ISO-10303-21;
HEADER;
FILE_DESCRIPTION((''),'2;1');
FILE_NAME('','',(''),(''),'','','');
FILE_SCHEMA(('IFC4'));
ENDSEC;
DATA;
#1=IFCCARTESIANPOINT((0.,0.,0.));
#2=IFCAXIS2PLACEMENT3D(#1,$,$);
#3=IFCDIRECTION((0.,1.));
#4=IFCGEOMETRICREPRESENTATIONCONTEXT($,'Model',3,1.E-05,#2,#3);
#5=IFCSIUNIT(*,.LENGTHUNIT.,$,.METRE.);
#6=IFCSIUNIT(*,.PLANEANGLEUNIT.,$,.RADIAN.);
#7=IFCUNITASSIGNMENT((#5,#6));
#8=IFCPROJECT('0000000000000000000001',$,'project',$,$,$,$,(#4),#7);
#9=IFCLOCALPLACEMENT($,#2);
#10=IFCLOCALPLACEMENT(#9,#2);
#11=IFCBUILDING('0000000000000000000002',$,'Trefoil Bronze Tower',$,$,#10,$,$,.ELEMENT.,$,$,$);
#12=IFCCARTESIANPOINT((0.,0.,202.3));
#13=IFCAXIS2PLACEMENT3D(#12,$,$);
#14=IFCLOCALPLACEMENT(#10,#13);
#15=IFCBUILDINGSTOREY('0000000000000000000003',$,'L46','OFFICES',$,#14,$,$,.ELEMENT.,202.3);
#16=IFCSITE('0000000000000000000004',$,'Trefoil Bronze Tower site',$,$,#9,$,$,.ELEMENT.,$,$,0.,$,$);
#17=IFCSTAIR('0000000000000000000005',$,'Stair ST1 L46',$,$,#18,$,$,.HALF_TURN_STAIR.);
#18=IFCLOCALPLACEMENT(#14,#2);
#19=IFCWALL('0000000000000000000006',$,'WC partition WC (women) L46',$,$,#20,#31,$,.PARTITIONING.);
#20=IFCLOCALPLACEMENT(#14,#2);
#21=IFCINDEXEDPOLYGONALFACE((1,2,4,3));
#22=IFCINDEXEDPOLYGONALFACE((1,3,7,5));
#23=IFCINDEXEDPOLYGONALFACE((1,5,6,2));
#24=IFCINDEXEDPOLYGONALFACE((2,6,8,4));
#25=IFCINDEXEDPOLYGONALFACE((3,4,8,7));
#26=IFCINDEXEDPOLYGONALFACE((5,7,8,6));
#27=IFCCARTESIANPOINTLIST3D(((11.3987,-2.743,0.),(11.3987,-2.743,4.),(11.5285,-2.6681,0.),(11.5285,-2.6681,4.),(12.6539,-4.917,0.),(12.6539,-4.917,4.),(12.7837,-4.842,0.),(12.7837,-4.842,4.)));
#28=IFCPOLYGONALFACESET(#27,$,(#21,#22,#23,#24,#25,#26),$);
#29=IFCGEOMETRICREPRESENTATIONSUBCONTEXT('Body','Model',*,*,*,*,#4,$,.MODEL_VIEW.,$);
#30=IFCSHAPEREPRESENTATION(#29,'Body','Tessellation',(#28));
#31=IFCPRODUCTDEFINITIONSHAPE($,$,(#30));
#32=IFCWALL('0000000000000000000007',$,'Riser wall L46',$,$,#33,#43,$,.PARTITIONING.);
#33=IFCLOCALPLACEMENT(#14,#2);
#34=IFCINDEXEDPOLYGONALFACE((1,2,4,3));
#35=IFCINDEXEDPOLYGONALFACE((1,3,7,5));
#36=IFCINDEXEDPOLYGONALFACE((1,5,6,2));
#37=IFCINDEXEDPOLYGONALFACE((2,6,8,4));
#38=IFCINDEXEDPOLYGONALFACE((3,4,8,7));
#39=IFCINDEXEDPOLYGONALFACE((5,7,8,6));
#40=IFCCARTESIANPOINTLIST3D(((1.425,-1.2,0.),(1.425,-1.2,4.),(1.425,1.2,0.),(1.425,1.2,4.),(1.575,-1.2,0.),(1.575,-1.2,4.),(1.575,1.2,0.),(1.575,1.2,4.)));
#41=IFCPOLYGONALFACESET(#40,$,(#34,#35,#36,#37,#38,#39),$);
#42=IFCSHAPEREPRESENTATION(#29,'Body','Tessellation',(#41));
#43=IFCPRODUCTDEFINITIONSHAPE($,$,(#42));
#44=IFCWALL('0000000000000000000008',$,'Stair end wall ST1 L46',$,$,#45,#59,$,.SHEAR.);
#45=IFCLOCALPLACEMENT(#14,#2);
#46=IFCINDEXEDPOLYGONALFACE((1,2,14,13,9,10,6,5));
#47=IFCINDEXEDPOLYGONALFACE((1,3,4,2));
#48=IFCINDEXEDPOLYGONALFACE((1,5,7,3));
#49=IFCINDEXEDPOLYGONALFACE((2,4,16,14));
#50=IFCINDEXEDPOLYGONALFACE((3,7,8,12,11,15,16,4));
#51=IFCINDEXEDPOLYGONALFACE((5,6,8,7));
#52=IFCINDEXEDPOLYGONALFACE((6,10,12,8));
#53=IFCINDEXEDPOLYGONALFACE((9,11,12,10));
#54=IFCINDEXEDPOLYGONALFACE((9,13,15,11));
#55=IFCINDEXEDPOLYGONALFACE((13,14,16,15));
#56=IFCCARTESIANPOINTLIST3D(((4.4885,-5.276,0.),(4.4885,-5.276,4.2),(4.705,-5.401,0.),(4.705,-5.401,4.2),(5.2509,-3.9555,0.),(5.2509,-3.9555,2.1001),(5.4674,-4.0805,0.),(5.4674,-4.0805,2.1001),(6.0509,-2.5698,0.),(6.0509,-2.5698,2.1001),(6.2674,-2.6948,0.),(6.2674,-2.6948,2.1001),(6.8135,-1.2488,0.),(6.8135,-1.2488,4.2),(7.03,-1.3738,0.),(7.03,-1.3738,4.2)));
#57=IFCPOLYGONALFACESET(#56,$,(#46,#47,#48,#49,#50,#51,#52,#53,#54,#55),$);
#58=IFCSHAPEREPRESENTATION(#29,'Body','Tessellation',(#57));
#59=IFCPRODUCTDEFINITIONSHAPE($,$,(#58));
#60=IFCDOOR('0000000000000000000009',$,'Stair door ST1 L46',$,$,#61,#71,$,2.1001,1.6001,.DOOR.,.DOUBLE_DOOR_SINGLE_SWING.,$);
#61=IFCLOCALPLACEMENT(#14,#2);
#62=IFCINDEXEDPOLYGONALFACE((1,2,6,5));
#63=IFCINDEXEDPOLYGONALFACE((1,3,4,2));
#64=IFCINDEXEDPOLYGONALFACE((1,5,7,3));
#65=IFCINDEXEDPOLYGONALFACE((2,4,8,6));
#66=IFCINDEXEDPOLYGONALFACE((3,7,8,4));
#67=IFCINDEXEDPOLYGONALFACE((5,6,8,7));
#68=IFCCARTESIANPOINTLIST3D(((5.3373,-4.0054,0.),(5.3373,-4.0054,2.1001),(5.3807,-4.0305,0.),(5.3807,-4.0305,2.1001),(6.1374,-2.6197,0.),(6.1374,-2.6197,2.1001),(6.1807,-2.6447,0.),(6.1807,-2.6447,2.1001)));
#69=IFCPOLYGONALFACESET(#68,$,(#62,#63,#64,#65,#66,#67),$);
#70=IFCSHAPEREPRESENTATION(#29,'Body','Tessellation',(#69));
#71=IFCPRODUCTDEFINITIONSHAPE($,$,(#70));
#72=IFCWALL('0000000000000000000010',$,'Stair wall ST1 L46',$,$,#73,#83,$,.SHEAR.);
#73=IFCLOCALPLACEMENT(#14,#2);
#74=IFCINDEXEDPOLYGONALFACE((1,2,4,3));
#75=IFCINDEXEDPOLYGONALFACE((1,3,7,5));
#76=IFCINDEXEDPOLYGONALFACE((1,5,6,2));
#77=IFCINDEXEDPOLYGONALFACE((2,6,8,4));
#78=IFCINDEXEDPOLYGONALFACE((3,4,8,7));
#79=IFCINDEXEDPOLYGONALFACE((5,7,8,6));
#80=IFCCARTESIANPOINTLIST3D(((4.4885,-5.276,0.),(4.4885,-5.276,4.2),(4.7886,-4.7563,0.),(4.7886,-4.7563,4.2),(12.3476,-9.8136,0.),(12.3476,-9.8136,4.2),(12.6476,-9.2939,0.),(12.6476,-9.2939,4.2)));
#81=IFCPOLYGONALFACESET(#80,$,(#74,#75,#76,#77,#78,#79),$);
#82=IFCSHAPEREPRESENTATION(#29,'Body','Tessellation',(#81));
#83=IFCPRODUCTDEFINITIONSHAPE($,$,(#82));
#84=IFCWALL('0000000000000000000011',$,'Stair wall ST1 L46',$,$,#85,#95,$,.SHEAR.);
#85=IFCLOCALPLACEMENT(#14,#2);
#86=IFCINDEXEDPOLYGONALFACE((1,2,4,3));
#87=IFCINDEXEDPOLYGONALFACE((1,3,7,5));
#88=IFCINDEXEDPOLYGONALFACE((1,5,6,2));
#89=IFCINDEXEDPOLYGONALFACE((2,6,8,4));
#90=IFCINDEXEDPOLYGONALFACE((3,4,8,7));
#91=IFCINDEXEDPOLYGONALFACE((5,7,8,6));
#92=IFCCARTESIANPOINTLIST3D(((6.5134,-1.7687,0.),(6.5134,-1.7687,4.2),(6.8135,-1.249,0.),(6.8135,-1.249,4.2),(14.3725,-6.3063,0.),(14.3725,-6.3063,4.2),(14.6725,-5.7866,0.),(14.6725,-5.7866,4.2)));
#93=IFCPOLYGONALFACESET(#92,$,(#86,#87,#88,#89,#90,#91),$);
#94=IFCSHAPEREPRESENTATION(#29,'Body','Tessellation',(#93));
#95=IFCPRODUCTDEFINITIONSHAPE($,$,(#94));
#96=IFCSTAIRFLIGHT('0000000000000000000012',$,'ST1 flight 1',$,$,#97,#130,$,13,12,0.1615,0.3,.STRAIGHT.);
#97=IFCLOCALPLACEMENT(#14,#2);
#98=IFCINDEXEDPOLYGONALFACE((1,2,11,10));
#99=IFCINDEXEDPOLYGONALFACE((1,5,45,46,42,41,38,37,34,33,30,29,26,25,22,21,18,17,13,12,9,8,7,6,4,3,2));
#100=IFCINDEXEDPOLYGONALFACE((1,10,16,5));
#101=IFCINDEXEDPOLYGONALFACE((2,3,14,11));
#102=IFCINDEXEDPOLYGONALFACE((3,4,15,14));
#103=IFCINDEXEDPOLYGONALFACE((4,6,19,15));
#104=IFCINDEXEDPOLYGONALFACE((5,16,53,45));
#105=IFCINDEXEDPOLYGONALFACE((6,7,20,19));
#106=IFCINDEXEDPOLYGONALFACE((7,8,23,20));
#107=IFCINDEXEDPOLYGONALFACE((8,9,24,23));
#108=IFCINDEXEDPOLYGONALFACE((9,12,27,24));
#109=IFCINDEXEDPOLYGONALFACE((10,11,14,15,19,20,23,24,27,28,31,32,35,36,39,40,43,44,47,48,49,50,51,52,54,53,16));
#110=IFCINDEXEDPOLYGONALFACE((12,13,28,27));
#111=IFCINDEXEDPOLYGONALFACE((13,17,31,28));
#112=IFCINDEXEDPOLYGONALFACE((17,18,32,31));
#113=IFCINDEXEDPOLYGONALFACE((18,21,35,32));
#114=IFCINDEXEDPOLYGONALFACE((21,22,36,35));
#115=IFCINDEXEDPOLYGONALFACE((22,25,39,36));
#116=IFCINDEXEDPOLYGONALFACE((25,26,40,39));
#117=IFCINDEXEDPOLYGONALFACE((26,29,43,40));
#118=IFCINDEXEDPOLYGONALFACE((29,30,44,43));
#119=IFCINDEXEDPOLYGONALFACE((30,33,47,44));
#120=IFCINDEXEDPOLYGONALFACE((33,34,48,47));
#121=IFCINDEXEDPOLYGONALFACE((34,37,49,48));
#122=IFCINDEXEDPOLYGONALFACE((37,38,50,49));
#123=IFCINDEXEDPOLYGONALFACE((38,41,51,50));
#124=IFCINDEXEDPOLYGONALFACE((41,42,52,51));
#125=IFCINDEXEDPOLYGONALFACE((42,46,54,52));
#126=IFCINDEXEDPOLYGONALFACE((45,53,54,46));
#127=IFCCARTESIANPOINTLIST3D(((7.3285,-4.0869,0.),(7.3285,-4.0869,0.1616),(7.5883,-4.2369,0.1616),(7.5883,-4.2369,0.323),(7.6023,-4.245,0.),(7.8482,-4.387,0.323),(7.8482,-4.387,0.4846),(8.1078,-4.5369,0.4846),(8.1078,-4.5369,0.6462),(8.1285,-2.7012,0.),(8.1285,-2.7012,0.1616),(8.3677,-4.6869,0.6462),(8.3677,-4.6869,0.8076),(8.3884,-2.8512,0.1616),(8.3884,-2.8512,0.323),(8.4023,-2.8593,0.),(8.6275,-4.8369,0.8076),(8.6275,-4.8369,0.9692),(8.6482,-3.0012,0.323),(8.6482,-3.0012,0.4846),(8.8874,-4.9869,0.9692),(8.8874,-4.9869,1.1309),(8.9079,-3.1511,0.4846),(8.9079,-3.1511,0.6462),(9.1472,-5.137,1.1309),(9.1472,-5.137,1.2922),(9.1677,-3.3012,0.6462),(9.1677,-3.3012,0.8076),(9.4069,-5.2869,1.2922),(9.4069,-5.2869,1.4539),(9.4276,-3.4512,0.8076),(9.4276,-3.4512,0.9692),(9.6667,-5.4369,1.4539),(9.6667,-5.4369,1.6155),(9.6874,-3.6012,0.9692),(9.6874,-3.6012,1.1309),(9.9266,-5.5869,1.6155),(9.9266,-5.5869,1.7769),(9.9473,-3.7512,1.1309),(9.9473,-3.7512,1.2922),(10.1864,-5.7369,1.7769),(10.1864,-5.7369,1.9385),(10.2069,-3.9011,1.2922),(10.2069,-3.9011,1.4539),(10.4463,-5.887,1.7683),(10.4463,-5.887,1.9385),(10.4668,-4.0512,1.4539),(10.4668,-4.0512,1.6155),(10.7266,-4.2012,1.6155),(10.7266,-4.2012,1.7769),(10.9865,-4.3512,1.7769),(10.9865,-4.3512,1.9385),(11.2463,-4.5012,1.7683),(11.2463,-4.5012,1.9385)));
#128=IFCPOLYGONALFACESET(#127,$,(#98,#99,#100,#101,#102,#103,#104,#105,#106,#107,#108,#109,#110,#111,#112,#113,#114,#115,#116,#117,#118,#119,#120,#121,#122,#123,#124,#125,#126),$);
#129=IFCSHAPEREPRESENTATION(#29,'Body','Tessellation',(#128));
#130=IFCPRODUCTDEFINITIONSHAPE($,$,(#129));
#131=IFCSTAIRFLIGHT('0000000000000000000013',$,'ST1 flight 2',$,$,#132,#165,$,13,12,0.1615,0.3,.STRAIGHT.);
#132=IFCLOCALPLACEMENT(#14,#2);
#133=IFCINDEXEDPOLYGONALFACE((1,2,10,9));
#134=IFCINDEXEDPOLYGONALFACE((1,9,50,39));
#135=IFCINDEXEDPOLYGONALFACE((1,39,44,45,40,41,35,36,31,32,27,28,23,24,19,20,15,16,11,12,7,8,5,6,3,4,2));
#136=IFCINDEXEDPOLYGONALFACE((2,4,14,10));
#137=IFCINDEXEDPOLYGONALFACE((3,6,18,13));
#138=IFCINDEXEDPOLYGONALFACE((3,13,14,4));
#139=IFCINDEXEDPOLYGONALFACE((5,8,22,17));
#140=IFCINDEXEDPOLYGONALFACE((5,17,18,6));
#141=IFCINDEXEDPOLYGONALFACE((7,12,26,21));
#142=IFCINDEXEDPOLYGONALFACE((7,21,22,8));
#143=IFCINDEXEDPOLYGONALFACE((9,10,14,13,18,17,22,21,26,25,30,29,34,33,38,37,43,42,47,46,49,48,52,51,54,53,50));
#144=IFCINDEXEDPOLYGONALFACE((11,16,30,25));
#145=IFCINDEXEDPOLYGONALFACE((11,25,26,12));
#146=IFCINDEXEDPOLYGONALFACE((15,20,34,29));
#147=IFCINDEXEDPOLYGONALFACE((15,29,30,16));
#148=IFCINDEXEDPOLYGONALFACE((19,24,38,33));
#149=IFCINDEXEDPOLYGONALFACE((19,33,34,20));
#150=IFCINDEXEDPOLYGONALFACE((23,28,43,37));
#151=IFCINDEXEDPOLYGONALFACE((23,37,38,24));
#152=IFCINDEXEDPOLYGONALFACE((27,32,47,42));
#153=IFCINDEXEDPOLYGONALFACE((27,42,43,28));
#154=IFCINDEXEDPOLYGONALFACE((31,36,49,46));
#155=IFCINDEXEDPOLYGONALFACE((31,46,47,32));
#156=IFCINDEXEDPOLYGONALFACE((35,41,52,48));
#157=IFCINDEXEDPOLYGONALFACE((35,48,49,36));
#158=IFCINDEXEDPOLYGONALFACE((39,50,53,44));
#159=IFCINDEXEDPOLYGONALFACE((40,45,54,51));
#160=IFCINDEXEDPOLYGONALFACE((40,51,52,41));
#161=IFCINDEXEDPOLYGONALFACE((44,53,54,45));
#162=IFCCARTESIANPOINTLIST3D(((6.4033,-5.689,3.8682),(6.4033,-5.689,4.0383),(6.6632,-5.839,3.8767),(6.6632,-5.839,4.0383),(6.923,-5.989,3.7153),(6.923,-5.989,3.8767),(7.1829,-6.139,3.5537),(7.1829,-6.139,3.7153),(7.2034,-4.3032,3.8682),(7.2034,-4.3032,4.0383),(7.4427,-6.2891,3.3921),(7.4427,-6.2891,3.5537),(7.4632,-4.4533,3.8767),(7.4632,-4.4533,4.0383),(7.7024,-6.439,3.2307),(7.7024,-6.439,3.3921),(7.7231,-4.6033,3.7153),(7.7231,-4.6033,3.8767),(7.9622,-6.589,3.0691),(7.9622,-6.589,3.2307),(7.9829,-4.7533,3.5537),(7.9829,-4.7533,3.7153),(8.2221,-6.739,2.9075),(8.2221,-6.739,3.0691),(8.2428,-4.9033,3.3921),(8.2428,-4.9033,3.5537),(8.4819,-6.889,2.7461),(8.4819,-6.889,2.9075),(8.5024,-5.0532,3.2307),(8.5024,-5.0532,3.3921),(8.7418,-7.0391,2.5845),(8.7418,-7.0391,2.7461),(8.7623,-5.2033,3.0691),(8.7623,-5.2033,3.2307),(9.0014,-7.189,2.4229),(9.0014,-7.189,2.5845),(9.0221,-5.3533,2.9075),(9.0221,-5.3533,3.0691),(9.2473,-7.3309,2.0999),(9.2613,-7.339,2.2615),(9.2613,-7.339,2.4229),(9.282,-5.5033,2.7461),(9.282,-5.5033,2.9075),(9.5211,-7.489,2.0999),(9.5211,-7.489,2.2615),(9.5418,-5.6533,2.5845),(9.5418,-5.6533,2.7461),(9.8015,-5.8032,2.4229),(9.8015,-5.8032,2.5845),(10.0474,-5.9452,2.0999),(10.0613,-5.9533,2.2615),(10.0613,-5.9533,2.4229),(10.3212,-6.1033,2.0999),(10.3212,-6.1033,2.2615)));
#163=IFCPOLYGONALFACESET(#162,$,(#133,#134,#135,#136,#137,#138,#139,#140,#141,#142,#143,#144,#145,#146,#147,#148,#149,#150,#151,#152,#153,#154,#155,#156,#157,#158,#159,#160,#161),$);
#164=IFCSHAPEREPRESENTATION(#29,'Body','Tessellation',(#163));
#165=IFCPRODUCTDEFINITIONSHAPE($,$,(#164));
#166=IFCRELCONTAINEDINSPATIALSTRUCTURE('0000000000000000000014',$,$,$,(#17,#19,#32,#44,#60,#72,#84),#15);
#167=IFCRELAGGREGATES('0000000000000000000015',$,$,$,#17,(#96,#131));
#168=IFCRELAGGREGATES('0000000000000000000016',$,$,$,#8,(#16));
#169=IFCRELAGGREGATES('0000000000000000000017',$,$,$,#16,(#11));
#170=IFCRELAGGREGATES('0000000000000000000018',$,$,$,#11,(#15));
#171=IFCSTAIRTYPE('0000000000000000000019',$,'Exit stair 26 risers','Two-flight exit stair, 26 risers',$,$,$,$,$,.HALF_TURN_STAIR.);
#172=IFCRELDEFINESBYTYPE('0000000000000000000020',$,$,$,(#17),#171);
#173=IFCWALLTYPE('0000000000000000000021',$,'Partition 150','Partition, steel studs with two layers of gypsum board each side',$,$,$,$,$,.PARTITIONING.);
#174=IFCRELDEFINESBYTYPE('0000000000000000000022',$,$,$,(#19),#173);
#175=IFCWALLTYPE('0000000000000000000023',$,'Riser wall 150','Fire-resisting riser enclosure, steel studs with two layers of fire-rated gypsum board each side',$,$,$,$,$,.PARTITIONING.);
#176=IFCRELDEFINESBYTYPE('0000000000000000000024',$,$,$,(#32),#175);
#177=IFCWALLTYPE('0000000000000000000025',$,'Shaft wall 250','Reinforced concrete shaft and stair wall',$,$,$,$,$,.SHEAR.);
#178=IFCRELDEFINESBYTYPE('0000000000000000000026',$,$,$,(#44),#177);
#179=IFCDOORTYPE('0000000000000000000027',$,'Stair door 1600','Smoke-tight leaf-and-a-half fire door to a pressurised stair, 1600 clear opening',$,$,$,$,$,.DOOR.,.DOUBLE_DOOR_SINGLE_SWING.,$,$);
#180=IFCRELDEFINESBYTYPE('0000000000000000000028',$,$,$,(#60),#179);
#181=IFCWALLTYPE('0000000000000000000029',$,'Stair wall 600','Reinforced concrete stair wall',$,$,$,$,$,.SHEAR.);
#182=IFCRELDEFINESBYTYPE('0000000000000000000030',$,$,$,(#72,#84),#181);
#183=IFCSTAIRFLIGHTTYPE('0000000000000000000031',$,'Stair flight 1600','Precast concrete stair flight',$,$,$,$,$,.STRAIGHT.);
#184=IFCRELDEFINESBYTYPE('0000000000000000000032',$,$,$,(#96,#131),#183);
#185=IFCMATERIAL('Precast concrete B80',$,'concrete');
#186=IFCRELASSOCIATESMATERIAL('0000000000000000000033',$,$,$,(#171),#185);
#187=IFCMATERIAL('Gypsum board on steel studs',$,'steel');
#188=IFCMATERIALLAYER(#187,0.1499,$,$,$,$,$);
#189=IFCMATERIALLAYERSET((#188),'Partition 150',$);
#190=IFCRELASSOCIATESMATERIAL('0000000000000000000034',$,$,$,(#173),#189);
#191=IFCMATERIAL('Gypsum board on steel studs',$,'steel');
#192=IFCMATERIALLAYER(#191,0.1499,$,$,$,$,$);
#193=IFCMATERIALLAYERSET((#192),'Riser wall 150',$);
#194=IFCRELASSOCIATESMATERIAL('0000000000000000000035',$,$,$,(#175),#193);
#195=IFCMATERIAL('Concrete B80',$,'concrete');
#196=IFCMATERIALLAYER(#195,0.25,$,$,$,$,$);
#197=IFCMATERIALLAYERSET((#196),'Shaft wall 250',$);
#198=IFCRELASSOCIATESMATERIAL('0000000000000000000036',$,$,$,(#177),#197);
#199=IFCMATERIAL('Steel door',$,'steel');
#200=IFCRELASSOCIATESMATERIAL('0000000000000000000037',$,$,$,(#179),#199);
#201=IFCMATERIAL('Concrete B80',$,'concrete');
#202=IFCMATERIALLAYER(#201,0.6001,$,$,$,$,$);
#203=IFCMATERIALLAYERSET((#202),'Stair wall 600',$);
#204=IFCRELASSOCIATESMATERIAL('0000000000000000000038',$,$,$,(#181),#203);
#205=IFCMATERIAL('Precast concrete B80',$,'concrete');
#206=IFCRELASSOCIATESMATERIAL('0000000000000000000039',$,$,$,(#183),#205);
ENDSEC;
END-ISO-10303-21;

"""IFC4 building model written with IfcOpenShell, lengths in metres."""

from ifc_helpers import new_model, si_unit, direction, frame, frame_2d, origin, place, context, subcontext, project, spatial, polyline, rectangle, outline, extrude, material, layer, layer_set, type_object, element, fill, aggregate, save


model = new_model("IFC4")

# Units and contexts
model_context = context("Model", 3, precision=1e-05, world=origin(), true_north=direction((0.0, 1.0)))
body_context = subcontext(model_context, "Body", "Model", "MODEL_VIEW")
ifc_project = project(units=[si_unit("LENGTHUNIT", "METRE"), si_unit("PLANEANGLEUNIT", "RADIAN")], contexts=[model_context])

# Site, building, storey
site_placement = place(None, origin())
site = spatial("IfcSite", under=ifc_project, at=site_placement, Name="Trefoil Bronze Tower site", CompositionType="ELEMENT", RefElevation=0.0)
building_placement = place(site_placement, origin())
building = spatial("IfcBuilding", under=site, at=building_placement, Name="Trefoil Bronze Tower", CompositionType="ELEMENT")
storey_placement = place(building_placement, frame((0.0, 0.0, 202.3)))
storey = spatial("IfcBuildingStorey", under=building, at=storey_placement, Name="L46", Description="OFFICES", CompositionType="ELEMENT", Elevation=202.3)

# Stair
ifc_material_1 = material(Name="Precast concrete B80", Category="concrete")
stair_type = type_object("IfcStairType", Name="Exit stair 26 risers", Description="Two-flight exit stair, 26 risers", PredefinedType="HALF_TURN_STAIR", material=ifc_material_1)
stair_1_placement = place(storey_placement, origin())
stair_1 = element("IfcStair", 1, at=stair_1_placement, inside=storey, type_object=stair_type, Name="Stair ST1 L46", PredefinedType="HALF_TURN_STAIR")

# Shared definitions
ifc_material_2 = material(Name="Gypsum board on steel studs", Category="steel")
ifc_layer_1 = layer(ifc_material_2, 0.1499)
ifc_layer_set_1 = layer_set([ifc_layer_1], Name="Partition 150")
wall_type_1 = type_object("IfcWallType", Name="Partition 150", Description="Partition, steel studs with two layers of gypsum board each side", PredefinedType="PARTITIONING", material=ifc_layer_set_1)

# Walls
wall_1_placement = place(storey_placement, frame((11.4636, -2.7056, 0.0), z_axis=(0.0, 0.0, 1.0), x_axis=(0.50002, -0.866014, 0.0)))
element("IfcWall", 2, at=wall_1_placement, inside=storey, type_object=wall_type_1, Name="WC partition WC (women) L46", PredefinedType="PARTITIONING", context=body_context, shape_type="SweptSolid", body=[
    extrude(rectangle(XDim=2.5103, YDim=0.1499, at=frame_2d((1.2551, 0.0))), origin(), (0.0, 0.0, 1.0), 4.0),
])
ifc_material_3 = material(Name="Gypsum board on steel studs", Category="steel")
ifc_layer_2 = layer(ifc_material_3, 0.1499)
ifc_layer_set_2 = layer_set([ifc_layer_2], Name="Riser wall 150")
wall_type_2 = type_object("IfcWallType", Name="Riser wall 150", Description="Fire-resisting riser enclosure, steel studs with two layers of fire-rated gypsum board each side", PredefinedType="PARTITIONING", material=ifc_layer_set_2)
wall_2_placement = place(storey_placement, frame((1.5, -1.2, 0.0), z_axis=(0.0, 0.0, 1.0), x_axis=(0.0, 1.0, 0.0)))
element("IfcWall", 3, at=wall_2_placement, inside=storey, type_object=wall_type_2, Name="Riser wall L46", PredefinedType="PARTITIONING", context=body_context, shape_type="SweptSolid", body=[
    extrude(rectangle(XDim=2.3999, YDim=0.1499, at=frame_2d((1.2, 0.0))), origin(), (0.0, 0.0, 1.0), 4.0),
])

# Wall, opening, door
ifc_material_4 = material(Name="Concrete B80", Category="concrete")
ifc_layer_3 = layer(ifc_material_4, 0.25)
ifc_layer_set_3 = layer_set([ifc_layer_3], Name="Shaft wall 250")
wall_type_3 = type_object("IfcWallType", Name="Shaft wall 250", Description="Reinforced concrete shaft and stair wall", PredefinedType="SHEAR", material=ifc_layer_set_3)
wall_3_placement = place(storey_placement, frame((4.5967, -5.3386, 0.0), z_axis=(0.0, 0.0, 1.0), x_axis=(0.499985, 0.866034, 0.0)))
wall_3 = element("IfcWall", 4, at=wall_3_placement, inside=storey, type_object=wall_type_3, Name="Stair end wall ST1 L46", PredefinedType="SHEAR", context=body_context, shape_type="SweptSolid", body=[
    extrude(rectangle(XDim=4.6501, YDim=0.25, at=frame_2d((2.3252, 0.0))), origin(), (0.0, 0.0, 1.0), 4.2),
])
opening_1_placement = place(wall_3_placement, frame((1.5249, 0.0, 0.0)))
opening_1 = element("IfcOpeningElement", 5, at=opening_1_placement, cuts=wall_3, PredefinedType="OPENING", context=body_context, shape_type="SweptSolid", body=[
    extrude(rectangle(XDim=1.6001, YDim=2.1001, at=frame_2d((0.8, 1.05))), frame((0.0, 0.135, 0.0), z_axis=(0.0, -1.0, 0.0), x_axis=(1.0, 0.0, 0.0)), (0.0, 0.0, 1.0), 0.27),
])
ifc_material_5 = material(Name="Steel door", Category="steel")
door_type_1 = type_object("IfcDoorType", Name="Stair door 1600", Description="Smoke-tight leaf-and-a-half fire door to a pressurised stair, 1600 clear opening", OperationType="DOUBLE_DOOR_SINGLE_SWING", PredefinedType="DOOR", material=ifc_material_5)
door_1_placement = place(opening_1_placement, frame((1.6001, 0.0, 0.0), z_axis=(0.0, 0.0, 1.0), x_axis=(-1.0, 0.0, 0.0)))
door_1 = element("IfcDoor", 6, at=door_1_placement, inside=storey, type_object=door_type_1, Name="Stair door ST1 L46", OperationType="DOUBLE_DOOR_SINGLE_SWING", OverallHeight=2.1001, OverallWidth=1.6001, PredefinedType="DOOR", context=body_context, shape_type="SweptSolid", body=[
    extrude(rectangle(XDim=1.6001, YDim=2.1001, at=frame_2d((0.8, 1.05))), frame((0.0, 0.0249, 0.0), z_axis=(0.0, -1.0, 0.0), x_axis=(1.0, 0.0, 0.0)), (0.0, 0.0, 1.0), 0.05),
])
fill(opening_1, door_1)

# Walls
ifc_material_6 = material(Name="Concrete B80", Category="concrete")
ifc_layer_4 = layer(ifc_material_6, 0.6001)
ifc_layer_set_4 = layer_set([ifc_layer_4], Name="Stair wall 600")
wall_type_4 = type_object("IfcWallType", Name="Stair wall 600", Description="Reinforced concrete stair wall", PredefinedType="SHEAR", material=ifc_layer_set_4)
for number, where, z_axis, x_axis, name in (
    (7, (4.6384, -5.0161, 0.0), (0.0, 0.0, 1.0), (0.866019, -0.50001, 0.0), "Stair wall ST1 L46"),
    (8, (6.6633, -1.5088, 0.0), (0.0, 0.0, 1.0), (0.866019, -0.50001, 0.0), "Stair wall ST1 L46"),
):
    element("IfcWall", number, at=place(storey_placement, frame(where, z_axis=z_axis, x_axis=x_axis)), inside=storey, type_object=wall_type_4, Name=name, PredefinedType="SHEAR", context=body_context, shape_type="SweptSolid", body=[
        extrude(rectangle(XDim=9.075, YDim=0.6001, at=frame_2d((4.5376, 0.0))), origin(), (0.0, 0.0, 1.0), 4.2),
    ])

# Stair flights
ifc_material_7 = material(Name="Precast concrete B80", Category="concrete")
stair_flight_type = type_object("IfcStairFlightType", Name="Stair flight 1600", Description="Precast concrete stair flight", PredefinedType="STRAIGHT", material=ifc_material_7)
stair_flight_1_placement = place(storey_placement, frame((7.7285, -3.394, 0.0), z_axis=(0.0, 0.0, 1.0), x_axis=(0.866025, -0.5, 0.0)))
stair_flight_1 = element("IfcStairFlight", 9, at=stair_flight_1_placement, type_object=stair_flight_type, Name="ST1 flight 1", NumberOfRisers=13, NumberOfTreads=12, PredefinedType="STRAIGHT", RiserHeight=0.1615, TreadLength=0.3, context=body_context, shape_type="SweptSolid", body=[
    extrude(outline(polyline([(0.0, 0.0), (0.0, 0.1616), (0.3, 0.1616), (0.3, 0.323), (0.6001, 0.323), (0.6001, 0.4846), (0.8999, 0.4846), (0.8999, 0.6462), (1.2, 0.6462), (1.2, 0.8076), (1.5, 0.8076), (1.5, 0.9692), (1.8, 0.9692), (1.8, 1.1309), (2.1001, 1.1309), (2.1001, 1.2922), (2.3999, 1.2922), (2.3999, 1.4539), (2.7, 1.4539), (2.7, 1.6155), (3.0, 1.6155), (3.0, 1.7769), (3.3, 1.7769), (3.3, 1.9385), (3.6001, 1.9385), (3.6001, 2.1001), (3.6001, 1.7683), (0.3162, 0.0), (0.0, 0.0)])), frame((0.0, 0.8, 0.0), z_axis=(0.0, -1.0, 0.0), x_axis=(1.0, 0.0, 0.0)), (0.0, 0.0, 1.0), 1.6001),
])
stair_flight_2_placement = place(storey_placement, frame((9.9211, -6.7961, 2.0999), z_axis=(0.0, 0.0, 1.0), x_axis=(-0.866025, 0.5, 0.0)))
stair_flight_2 = element("IfcStairFlight", 10, at=stair_flight_2_placement, type_object=stair_flight_type, Name="ST1 flight 2", NumberOfRisers=13, NumberOfTreads=12, PredefinedType="STRAIGHT", RiserHeight=0.1615, TreadLength=0.3, context=body_context, shape_type="SweptSolid", body=[
    extrude(outline(polyline([(0.0, 0.0), (0.0, 0.1616), (0.3, 0.1616), (0.3, 0.323), (0.6001, 0.323), (0.6001, 0.4846), (0.8999, 0.4846), (0.8999, 0.6462), (1.2, 0.6462), (1.2, 0.8076), (1.5, 0.8076), (1.5, 0.9692), (1.8, 0.9692), (1.8, 1.1309), (2.1001, 1.1309), (2.1001, 1.2922), (2.3999, 1.2922), (2.3999, 1.4539), (2.7, 1.4539), (2.7, 1.6155), (3.0, 1.6155), (3.0, 1.7769), (3.3, 1.7769), (3.3, 1.9385), (3.6001, 1.9385), (3.6001, 2.1001), (3.6001, 1.7683), (0.3162, 0.0), (0.0, 0.0)])), frame((0.0, 0.8, 0.0), z_axis=(0.0, -1.0, 0.0), x_axis=(1.0, 0.0, 0.0)), (0.0, 0.0, 1.0), 1.6001),
])
aggregate(stair_1, [stair_flight_1, stair_flight_2])

save(model, "model.ifc")
